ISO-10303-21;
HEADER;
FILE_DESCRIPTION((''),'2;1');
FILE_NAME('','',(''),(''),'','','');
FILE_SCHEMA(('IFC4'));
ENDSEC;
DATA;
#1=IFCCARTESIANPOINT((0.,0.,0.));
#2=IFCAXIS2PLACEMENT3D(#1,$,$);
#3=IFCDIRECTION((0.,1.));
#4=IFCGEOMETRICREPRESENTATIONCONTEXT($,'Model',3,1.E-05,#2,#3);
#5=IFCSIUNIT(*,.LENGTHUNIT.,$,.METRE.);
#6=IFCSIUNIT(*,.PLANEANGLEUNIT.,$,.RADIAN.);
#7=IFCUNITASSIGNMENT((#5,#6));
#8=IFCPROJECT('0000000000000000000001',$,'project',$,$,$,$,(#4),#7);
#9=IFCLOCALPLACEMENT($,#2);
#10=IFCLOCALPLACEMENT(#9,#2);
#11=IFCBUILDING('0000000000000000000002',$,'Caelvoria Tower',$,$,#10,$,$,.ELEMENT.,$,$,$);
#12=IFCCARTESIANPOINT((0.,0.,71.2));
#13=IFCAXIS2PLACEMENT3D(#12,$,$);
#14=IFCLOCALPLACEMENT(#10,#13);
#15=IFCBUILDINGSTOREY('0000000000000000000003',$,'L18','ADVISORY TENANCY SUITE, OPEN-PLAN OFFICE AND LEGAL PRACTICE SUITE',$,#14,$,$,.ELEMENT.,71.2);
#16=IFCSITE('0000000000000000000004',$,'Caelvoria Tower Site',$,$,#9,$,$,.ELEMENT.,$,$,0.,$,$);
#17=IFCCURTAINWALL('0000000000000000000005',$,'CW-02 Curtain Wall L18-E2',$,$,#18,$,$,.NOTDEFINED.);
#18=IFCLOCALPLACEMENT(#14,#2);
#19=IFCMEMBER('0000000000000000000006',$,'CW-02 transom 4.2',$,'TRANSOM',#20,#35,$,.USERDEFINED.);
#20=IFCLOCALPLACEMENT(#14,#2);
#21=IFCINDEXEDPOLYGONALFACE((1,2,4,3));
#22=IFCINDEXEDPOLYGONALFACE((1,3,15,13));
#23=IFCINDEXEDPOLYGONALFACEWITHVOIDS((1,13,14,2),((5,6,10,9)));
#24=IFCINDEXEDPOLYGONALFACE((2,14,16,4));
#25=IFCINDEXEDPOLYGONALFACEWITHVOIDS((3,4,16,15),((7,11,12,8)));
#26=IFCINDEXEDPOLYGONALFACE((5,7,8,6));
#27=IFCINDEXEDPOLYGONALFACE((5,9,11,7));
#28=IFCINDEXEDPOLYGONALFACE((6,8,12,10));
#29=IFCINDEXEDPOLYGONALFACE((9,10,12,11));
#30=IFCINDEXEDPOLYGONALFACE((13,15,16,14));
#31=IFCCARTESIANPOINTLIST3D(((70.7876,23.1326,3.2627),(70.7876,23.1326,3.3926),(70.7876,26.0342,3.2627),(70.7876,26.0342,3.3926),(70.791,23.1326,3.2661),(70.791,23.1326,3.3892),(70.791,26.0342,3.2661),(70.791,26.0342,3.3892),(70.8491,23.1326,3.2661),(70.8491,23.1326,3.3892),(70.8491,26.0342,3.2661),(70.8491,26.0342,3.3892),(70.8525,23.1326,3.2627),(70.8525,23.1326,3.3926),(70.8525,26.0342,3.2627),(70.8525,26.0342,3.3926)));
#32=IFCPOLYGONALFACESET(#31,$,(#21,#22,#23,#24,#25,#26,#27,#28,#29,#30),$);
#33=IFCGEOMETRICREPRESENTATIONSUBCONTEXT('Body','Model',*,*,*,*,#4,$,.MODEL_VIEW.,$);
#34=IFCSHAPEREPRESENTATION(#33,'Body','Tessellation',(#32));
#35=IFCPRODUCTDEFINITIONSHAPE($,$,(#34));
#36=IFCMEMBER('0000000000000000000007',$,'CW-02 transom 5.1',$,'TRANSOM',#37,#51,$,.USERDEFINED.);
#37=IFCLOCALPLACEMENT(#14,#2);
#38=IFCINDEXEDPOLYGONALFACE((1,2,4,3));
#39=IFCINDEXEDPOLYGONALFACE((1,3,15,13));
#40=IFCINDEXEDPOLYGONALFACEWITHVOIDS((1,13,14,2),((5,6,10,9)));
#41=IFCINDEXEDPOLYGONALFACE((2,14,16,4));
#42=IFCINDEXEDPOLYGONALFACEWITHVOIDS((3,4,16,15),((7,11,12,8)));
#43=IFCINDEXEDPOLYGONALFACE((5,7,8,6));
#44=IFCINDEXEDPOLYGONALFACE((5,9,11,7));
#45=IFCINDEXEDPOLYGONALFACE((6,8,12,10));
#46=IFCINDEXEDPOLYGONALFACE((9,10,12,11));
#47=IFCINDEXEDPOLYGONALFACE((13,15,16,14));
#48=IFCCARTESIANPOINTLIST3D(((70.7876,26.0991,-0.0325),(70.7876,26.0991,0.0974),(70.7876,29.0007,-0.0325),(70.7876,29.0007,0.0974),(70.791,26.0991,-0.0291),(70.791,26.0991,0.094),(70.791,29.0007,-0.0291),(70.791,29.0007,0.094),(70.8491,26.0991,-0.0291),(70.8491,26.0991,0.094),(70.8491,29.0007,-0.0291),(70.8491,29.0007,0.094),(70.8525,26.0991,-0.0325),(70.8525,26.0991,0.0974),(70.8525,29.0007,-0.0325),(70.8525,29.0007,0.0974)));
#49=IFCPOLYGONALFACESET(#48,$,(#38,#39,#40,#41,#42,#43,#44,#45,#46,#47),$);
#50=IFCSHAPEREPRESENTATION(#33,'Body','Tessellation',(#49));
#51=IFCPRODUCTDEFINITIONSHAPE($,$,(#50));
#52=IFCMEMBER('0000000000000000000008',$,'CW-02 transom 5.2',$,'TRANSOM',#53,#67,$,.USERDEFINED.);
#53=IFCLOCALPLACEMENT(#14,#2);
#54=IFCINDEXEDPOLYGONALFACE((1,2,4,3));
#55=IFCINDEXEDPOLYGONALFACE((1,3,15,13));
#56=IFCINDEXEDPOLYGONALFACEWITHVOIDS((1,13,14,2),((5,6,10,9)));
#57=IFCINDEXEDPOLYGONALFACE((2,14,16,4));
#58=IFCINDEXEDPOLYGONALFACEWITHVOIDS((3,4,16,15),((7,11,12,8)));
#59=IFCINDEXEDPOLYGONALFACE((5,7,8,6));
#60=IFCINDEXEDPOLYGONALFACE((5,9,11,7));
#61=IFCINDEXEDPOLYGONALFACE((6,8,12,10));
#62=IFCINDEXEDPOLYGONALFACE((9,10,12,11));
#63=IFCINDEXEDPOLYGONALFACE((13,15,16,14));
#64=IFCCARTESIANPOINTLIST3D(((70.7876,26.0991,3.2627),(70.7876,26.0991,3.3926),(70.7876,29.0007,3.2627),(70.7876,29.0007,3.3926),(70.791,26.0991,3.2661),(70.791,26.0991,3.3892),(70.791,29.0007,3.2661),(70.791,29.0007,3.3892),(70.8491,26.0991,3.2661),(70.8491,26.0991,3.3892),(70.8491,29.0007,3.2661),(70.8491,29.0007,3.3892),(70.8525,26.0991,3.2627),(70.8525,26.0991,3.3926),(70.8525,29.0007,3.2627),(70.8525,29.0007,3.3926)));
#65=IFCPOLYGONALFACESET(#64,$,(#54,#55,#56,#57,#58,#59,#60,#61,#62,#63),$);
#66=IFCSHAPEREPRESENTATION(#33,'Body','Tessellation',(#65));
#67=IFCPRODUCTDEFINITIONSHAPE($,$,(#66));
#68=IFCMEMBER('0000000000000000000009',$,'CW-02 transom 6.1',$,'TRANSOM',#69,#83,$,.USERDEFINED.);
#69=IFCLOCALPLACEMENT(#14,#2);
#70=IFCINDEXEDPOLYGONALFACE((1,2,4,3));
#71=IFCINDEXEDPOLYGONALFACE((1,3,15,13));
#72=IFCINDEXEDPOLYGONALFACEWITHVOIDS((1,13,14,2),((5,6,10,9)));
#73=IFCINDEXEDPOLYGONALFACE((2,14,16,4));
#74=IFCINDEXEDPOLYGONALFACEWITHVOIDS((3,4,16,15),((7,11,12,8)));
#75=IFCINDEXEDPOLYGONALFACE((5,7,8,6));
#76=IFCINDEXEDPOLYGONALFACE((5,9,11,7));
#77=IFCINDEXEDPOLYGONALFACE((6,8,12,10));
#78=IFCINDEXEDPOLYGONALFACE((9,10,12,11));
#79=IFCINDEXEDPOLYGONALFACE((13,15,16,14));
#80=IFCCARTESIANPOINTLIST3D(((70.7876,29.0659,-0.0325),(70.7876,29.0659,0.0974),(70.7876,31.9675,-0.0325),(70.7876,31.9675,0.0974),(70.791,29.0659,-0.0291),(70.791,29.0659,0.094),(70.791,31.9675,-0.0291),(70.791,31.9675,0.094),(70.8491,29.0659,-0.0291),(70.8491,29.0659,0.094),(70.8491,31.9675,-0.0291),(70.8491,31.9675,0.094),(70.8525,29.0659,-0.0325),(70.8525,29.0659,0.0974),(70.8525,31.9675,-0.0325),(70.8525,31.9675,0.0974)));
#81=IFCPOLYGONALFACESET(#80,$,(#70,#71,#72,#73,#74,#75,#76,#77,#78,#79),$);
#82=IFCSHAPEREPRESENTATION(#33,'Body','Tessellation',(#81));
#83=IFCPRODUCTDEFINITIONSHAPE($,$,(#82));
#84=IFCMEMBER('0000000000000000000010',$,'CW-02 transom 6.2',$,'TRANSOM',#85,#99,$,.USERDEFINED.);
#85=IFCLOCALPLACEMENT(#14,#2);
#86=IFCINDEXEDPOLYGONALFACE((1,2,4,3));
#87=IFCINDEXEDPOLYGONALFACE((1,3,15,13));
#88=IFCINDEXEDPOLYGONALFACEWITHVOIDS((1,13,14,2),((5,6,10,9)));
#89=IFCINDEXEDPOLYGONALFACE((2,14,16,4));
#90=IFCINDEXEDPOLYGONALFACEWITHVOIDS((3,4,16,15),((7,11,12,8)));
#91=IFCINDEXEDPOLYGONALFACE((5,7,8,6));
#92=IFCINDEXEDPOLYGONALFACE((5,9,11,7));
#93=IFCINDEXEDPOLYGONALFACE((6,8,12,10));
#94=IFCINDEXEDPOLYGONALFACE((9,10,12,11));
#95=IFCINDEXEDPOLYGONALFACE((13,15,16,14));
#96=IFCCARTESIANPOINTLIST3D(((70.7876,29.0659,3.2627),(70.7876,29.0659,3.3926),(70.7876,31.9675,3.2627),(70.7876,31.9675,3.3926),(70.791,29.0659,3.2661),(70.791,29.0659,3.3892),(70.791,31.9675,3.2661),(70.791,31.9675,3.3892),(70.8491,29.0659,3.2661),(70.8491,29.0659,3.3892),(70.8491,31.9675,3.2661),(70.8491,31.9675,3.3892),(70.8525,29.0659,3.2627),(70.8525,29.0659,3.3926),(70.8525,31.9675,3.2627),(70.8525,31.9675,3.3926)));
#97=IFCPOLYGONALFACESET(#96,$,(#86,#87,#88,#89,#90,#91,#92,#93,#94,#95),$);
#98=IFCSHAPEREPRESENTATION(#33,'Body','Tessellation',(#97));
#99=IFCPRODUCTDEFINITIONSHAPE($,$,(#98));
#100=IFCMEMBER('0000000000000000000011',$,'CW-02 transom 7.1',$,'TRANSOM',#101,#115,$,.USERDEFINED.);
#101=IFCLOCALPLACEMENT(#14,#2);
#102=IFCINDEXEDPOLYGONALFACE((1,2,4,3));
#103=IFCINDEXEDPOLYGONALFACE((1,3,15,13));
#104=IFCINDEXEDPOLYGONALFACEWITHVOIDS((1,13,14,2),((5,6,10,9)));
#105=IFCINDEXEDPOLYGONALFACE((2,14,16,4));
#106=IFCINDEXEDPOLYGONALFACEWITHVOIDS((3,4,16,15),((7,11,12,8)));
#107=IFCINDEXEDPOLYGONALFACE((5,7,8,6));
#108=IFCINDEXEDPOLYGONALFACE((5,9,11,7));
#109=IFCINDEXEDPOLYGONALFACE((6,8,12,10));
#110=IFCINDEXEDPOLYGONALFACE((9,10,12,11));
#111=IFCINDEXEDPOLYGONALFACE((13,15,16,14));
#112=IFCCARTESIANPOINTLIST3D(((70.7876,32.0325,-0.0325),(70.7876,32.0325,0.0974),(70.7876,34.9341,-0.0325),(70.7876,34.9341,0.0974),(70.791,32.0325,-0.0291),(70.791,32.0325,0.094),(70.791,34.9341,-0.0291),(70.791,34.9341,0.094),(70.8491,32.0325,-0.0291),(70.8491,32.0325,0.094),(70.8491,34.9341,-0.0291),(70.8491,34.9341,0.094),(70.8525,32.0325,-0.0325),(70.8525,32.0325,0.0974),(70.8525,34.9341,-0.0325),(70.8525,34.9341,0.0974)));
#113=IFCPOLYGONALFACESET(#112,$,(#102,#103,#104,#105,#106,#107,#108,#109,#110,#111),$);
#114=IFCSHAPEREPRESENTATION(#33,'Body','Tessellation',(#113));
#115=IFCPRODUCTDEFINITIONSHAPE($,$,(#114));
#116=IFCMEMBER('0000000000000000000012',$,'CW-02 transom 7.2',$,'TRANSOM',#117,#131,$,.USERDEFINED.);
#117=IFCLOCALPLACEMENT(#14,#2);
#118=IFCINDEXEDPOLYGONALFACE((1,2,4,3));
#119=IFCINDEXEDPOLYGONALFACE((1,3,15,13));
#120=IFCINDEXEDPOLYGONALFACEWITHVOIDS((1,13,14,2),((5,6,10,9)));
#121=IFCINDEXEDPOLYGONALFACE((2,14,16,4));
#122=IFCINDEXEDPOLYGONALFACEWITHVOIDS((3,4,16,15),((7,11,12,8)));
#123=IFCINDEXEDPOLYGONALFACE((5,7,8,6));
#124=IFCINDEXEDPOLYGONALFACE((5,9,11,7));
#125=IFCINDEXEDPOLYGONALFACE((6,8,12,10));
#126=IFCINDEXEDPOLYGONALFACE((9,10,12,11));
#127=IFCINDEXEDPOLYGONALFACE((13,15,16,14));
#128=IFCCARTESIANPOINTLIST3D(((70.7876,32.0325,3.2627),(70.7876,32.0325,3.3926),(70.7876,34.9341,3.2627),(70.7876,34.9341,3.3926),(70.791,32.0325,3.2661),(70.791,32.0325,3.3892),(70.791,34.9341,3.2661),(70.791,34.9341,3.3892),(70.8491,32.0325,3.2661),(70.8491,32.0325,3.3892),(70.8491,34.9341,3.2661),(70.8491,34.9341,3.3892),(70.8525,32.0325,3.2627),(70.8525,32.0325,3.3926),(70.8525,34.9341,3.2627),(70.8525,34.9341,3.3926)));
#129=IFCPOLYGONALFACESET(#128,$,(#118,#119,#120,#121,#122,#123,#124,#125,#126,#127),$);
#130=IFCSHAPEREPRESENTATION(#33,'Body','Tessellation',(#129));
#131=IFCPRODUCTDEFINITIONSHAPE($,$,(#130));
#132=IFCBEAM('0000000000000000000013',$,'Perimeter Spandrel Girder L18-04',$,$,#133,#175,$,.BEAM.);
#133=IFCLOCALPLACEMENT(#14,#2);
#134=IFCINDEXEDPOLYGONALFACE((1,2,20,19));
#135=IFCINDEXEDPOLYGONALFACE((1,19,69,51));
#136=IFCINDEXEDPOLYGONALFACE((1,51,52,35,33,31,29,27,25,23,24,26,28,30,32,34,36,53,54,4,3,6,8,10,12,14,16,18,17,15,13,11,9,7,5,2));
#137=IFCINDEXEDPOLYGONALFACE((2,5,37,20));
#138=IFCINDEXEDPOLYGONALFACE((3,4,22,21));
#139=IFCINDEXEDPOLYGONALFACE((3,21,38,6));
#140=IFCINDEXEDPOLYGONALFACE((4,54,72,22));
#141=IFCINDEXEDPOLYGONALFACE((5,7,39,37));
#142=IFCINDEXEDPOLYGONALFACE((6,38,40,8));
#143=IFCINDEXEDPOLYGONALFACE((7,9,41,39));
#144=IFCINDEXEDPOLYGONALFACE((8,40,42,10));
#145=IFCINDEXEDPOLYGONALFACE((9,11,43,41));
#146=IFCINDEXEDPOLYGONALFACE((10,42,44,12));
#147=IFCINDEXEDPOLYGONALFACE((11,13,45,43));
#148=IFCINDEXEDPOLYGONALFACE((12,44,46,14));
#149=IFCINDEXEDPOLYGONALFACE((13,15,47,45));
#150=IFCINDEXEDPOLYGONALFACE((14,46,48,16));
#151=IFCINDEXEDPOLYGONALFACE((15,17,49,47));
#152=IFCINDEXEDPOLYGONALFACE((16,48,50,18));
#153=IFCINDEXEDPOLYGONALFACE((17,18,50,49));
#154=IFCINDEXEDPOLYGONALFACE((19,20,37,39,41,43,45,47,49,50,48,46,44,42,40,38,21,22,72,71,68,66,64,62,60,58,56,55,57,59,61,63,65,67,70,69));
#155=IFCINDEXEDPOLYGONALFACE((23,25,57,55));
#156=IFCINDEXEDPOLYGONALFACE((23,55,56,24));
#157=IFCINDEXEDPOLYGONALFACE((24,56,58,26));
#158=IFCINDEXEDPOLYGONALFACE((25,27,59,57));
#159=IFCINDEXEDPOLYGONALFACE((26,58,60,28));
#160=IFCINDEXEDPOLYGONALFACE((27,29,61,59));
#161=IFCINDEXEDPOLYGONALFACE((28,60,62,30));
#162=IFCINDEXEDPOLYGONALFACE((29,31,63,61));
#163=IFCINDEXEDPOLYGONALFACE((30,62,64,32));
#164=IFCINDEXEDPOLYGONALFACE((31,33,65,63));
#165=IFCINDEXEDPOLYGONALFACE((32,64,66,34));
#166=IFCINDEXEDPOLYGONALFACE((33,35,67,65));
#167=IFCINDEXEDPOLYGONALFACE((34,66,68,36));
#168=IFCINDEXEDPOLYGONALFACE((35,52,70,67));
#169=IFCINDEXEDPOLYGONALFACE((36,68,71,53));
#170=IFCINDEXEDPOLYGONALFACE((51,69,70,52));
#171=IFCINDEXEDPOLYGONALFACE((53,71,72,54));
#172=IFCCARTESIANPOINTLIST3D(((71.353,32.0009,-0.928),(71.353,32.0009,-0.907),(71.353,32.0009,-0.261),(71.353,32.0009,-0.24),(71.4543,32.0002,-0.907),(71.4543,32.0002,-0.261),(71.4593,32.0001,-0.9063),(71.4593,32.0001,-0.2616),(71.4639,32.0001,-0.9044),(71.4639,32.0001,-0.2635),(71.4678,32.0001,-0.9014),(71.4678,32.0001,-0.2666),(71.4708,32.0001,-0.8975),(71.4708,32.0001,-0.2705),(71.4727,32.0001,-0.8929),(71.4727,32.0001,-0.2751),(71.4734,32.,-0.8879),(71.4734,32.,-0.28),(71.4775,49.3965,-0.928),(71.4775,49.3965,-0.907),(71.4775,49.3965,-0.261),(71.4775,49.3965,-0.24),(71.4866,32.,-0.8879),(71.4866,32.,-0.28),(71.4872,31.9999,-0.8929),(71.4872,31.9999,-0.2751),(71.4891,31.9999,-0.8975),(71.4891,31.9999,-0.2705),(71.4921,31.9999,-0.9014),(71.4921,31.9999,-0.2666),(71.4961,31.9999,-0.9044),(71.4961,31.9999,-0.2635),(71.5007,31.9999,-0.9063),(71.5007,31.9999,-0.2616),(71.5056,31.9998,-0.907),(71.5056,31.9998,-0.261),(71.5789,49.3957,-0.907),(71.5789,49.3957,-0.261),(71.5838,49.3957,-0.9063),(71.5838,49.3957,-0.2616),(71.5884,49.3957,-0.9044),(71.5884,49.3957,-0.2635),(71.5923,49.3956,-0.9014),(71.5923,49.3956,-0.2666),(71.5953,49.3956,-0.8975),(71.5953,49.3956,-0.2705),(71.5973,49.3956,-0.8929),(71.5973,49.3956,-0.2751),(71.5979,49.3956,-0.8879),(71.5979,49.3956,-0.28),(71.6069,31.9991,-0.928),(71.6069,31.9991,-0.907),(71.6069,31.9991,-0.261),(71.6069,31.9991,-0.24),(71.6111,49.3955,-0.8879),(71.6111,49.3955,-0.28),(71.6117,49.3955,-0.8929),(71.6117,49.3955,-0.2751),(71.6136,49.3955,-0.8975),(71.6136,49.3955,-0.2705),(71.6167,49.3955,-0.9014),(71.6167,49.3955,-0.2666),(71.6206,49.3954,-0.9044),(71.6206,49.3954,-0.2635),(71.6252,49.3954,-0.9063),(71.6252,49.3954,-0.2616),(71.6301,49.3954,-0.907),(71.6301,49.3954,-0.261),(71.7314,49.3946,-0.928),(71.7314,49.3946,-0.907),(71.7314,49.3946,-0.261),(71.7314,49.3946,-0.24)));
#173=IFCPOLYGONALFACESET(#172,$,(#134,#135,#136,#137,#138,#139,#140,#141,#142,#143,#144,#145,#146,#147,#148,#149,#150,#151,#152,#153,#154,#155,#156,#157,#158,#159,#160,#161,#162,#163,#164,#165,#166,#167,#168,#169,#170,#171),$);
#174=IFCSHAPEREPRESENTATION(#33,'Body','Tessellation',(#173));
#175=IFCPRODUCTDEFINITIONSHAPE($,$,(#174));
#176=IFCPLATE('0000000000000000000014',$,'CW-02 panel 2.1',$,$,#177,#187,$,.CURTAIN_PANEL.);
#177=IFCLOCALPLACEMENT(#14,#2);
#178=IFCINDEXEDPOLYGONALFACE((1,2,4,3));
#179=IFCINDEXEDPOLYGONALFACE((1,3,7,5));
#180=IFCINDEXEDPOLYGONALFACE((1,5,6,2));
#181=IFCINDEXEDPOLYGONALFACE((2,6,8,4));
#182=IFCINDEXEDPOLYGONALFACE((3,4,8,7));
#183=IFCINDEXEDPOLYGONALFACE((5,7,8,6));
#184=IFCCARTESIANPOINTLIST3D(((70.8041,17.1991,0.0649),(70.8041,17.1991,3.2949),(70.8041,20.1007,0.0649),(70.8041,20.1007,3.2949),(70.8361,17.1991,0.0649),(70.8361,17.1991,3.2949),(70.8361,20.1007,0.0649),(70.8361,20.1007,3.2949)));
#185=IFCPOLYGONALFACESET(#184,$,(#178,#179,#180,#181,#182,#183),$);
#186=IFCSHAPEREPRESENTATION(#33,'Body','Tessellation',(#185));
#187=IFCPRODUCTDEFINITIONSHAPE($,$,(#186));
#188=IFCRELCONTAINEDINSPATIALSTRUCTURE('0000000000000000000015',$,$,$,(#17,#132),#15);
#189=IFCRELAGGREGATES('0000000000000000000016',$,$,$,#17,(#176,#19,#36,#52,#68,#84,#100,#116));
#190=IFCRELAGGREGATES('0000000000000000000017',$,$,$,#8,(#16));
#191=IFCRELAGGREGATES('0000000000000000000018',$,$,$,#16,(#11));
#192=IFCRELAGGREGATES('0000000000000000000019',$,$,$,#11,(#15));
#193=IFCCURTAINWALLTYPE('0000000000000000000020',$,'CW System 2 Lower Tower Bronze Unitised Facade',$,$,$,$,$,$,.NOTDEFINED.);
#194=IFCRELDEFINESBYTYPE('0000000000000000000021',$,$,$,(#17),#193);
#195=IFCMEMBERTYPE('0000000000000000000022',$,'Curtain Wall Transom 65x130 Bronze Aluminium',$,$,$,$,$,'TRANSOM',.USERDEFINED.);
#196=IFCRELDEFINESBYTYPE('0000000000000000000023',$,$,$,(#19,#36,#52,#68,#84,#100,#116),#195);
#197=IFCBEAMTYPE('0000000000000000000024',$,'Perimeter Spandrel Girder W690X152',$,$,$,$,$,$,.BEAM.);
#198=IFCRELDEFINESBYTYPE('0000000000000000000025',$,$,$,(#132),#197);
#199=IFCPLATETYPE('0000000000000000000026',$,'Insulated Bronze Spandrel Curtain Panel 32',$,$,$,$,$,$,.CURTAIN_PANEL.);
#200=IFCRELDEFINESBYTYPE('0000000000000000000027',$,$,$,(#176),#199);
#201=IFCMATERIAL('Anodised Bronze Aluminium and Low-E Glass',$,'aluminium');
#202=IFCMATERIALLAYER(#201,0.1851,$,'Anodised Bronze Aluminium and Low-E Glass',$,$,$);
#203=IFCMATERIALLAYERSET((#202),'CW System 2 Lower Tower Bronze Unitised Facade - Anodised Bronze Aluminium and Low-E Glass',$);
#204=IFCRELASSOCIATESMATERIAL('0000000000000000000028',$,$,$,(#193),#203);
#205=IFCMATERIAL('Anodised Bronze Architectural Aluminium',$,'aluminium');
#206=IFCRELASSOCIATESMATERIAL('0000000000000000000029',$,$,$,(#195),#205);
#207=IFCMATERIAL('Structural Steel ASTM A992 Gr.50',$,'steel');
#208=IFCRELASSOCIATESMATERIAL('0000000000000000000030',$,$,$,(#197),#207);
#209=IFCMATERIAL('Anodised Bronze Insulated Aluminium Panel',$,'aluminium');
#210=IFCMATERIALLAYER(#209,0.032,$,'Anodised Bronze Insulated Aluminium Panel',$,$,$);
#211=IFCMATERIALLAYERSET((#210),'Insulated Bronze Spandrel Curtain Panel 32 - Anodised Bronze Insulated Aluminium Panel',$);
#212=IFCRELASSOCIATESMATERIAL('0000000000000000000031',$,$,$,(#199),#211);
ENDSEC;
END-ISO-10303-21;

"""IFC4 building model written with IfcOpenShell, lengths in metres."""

from ifc_helpers import new_model, si_unit, direction, frame, origin, origin_2d, place, context, subcontext, project, spatial, rectangle, hollow_rectangle, i_section, extrude, material, layer, layer_set, material_profile, profile_set, type_object, element, aggregate, save


model = new_model("IFC4")

# Units and contexts
model_context = context("Model", 3, precision=1e-05, world=origin(), true_north=direction((0.0, 1.0)))
body_context = subcontext(model_context, "Body", "Model", "MODEL_VIEW")
ifc_project = project(units=[si_unit("LENGTHUNIT", "METRE"), si_unit("PLANEANGLEUNIT", "RADIAN")], contexts=[model_context])

# Site, building, storey
site_placement = place(None, origin())
site = spatial("IfcSite", under=ifc_project, at=site_placement, Name="Caelvoria Tower Site", CompositionType="ELEMENT", RefElevation=0.0)
building_placement = place(site_placement, origin())
building = spatial("IfcBuilding", under=site, at=building_placement, Name="Caelvoria Tower", CompositionType="ELEMENT")
storey_placement = place(building_placement, frame((0.0, 0.0, 71.2)))
storey = spatial("IfcBuildingStorey", under=building, at=storey_placement, Name="L18", Description="ADVISORY TENANCY SUITE, OPEN-PLAN OFFICE AND LEGAL PRACTICE SUITE", CompositionType="ELEMENT", Elevation=71.2)

# Curtain wall, members
ifc_material_1 = material(Name="Anodised Bronze Aluminium and Low-E Glass", Category="aluminium")
ifc_layer_1 = layer(ifc_material_1, 0.1851, Name="Anodised Bronze Aluminium and Low-E Glass")
ifc_layer_set_1 = layer_set([ifc_layer_1], Name="CW System 2 Lower Tower Bronze Unitised Facade - Anodised Bronze Aluminium and Low-E Glass")
curtain_wall_type = type_object("IfcCurtainWallType", Name="CW System 2 Lower Tower Bronze Unitised Facade", PredefinedType="NOTDEFINED", material=ifc_layer_set_1)
curtain_wall_placement = place(storey_placement, origin())
curtain_wall = element("IfcCurtainWall", 1, at=curtain_wall_placement, inside=storey, type_object=curtain_wall_type, Name="CW-02 Curtain Wall L18-E2", PredefinedType="NOTDEFINED")
ifc_material_2 = material(Name="Anodised Bronze Architectural Aluminium", Category="aluminium")
ifc_material_profile_1 = material_profile(ifc_material_2, hollow_rectangle(XDim=0.0649, YDim=0.1299, WallThickness=0.0034, at=origin_2d()), Name="Anodised Bronze Architectural Aluminium")
ifc_profile_set_1 = profile_set([ifc_material_profile_1], Name="CW_TRAN_65X130 - Anodised Bronze Architectural Aluminium")
member_type_1 = type_object("IfcMemberType", Name="Curtain Wall Transom 65x130 Bronze Aluminium", ElementType="TRANSOM", PredefinedType="USERDEFINED", material=ifc_profile_set_1)
member_1_placement = place(storey_placement, frame((70.8201, 23.1326, 3.3276), z_axis=(0.0, 1.0, 0.0), x_axis=(-1.0, 0.0, 0.0)))
member_1 = element("IfcMember", 2, at=member_1_placement, type_object=member_type_1, Name="CW-02 transom 4.2", ObjectType="TRANSOM", PredefinedType="USERDEFINED", context=body_context, shape_type="SweptSolid", body=[
    extrude(hollow_rectangle(XDim=0.0649, YDim=0.1299, WallThickness=0.0034, at=origin_2d()), origin(), (0.0, 0.0, 1.0), 2.9016),
])
member_2_placement = place(storey_placement, frame((70.8201, 26.0991, 0.0325), z_axis=(0.0, 1.0, 0.0), x_axis=(-1.0, 0.0, 0.0)))
member_2 = element("IfcMember", 3, at=member_2_placement, type_object=member_type_1, Name="CW-02 transom 5.1", ObjectType="TRANSOM", PredefinedType="USERDEFINED", context=body_context, shape_type="SweptSolid", body=[
    extrude(hollow_rectangle(XDim=0.0649, YDim=0.1299, WallThickness=0.0034, at=origin_2d()), origin(), (0.0, 0.0, 1.0), 2.9016),
])
member_3_placement = place(storey_placement, frame((70.8201, 26.0991, 3.3276), z_axis=(0.0, 1.0, 0.0), x_axis=(-1.0, 0.0, 0.0)))
member_3 = element("IfcMember", 4, at=member_3_placement, type_object=member_type_1, Name="CW-02 transom 5.2", ObjectType="TRANSOM", PredefinedType="USERDEFINED", context=body_context, shape_type="SweptSolid", body=[
    extrude(hollow_rectangle(XDim=0.0649, YDim=0.1299, WallThickness=0.0034, at=origin_2d()), origin(), (0.0, 0.0, 1.0), 2.9016),
])
member_4_placement = place(storey_placement, frame((70.8201, 29.0659, 0.0325), z_axis=(0.0, 1.0, 0.0), x_axis=(-1.0, 0.0, 0.0)))
member_4 = element("IfcMember", 5, at=member_4_placement, type_object=member_type_1, Name="CW-02 transom 6.1", ObjectType="TRANSOM", PredefinedType="USERDEFINED", context=body_context, shape_type="SweptSolid", body=[
    extrude(hollow_rectangle(XDim=0.0649, YDim=0.1299, WallThickness=0.0034, at=origin_2d()), origin(), (0.0, 0.0, 1.0), 2.9016),
])
member_5_placement = place(storey_placement, frame((70.8201, 29.0659, 3.3276), z_axis=(0.0, 1.0, 0.0), x_axis=(-1.0, 0.0, 0.0)))
member_5 = element("IfcMember", 6, at=member_5_placement, type_object=member_type_1, Name="CW-02 transom 6.2", ObjectType="TRANSOM", PredefinedType="USERDEFINED", context=body_context, shape_type="SweptSolid", body=[
    extrude(hollow_rectangle(XDim=0.0649, YDim=0.1299, WallThickness=0.0034, at=origin_2d()), origin(), (0.0, 0.0, 1.0), 2.9016),
])
member_6_placement = place(storey_placement, frame((70.8201, 32.0325, 0.0325), z_axis=(0.0, 1.0, 0.0), x_axis=(-1.0, 0.0, 0.0)))
member_6 = element("IfcMember", 7, at=member_6_placement, type_object=member_type_1, Name="CW-02 transom 7.1", ObjectType="TRANSOM", PredefinedType="USERDEFINED", context=body_context, shape_type="SweptSolid", body=[
    extrude(hollow_rectangle(XDim=0.0649, YDim=0.1299, WallThickness=0.0034, at=origin_2d()), origin(), (0.0, 0.0, 1.0), 2.9016),
])
member_7_placement = place(storey_placement, frame((70.8201, 32.0325, 3.3276), z_axis=(0.0, 1.0, 0.0), x_axis=(-1.0, 0.0, 0.0)))
member_7 = element("IfcMember", 8, at=member_7_placement, type_object=member_type_1, Name="CW-02 transom 7.2", ObjectType="TRANSOM", PredefinedType="USERDEFINED", context=body_context, shape_type="SweptSolid", body=[
    extrude(hollow_rectangle(XDim=0.0649, YDim=0.1299, WallThickness=0.0034, at=origin_2d()), origin(), (0.0, 0.0, 1.0), 2.9016),
])

# Beam
ifc_material_3 = material(Name="Structural Steel ASTM A992 Gr.50", Category="steel")
ifc_material_profile_2 = material_profile(ifc_material_3, i_section(OverallWidth=0.2539, OverallDepth=0.688, WebThickness=0.0132, FlangeThickness=0.021, FilletRadius=0.019, at=origin_2d()), Name="Structural Steel ASTM A992 Gr.50")
ifc_profile_set_2 = profile_set([ifc_material_profile_2], Name="W690X152 - Structural Steel ASTM A992 Gr.50")
beam_type = type_object("IfcBeamType", Name="Perimeter Spandrel Girder W690X152", PredefinedType="BEAM", material=ifc_profile_set_2)
beam_placement = place(storey_placement, frame((71.48, 32.0, -0.584), z_axis=(0.007158, 0.999974, 0.0), x_axis=(-0.999974, 0.007158, 0.0)))
element("IfcBeam", 9, at=beam_placement, inside=storey, type_object=beam_type, Name="Perimeter Spandrel Girder L18-04", PredefinedType="BEAM", context=body_context, shape_type="SweptSolid", body=[
    extrude(i_section(OverallWidth=0.2539, OverallDepth=0.688, WebThickness=0.0132, FlangeThickness=0.021, FilletRadius=0.019, at=origin_2d()), origin(), (0.0, 0.0, 1.0), 17.396),
])

# Plate
ifc_material_4 = material(Name="Anodised Bronze Insulated Aluminium Panel", Category="aluminium")
ifc_layer_2 = layer(ifc_material_4, 0.032, Name="Anodised Bronze Insulated Aluminium Panel")
ifc_layer_set_2 = layer_set([ifc_layer_2], Name="Insulated Bronze Spandrel Curtain Panel 32 - Anodised Bronze Insulated Aluminium Panel")
plate_type = type_object("IfcPlateType", Name="Insulated Bronze Spandrel Curtain Panel 32", PredefinedType="CURTAIN_PANEL", material=ifc_layer_set_2)
plate_1_placement = place(storey_placement, frame((70.8201, 18.6499, 0.0649), z_axis=(0.0, 0.0, 1.0), x_axis=(0.0, 1.0, 0.0)))
plate_1 = element("IfcPlate", 10, at=plate_1_placement, type_object=plate_type, Name="CW-02 panel 2.1", PredefinedType="CURTAIN_PANEL", context=body_context, shape_type="SweptSolid", body=[
    extrude(rectangle(XDim=2.9016, YDim=0.032, at=origin_2d()), origin(), (0.0, 0.0, 1.0), 3.23),
])
aggregate(curtain_wall, [plate_1, member_1, member_2, member_3, member_4, member_5, member_6, member_7])

save(model, "model.ifc")
